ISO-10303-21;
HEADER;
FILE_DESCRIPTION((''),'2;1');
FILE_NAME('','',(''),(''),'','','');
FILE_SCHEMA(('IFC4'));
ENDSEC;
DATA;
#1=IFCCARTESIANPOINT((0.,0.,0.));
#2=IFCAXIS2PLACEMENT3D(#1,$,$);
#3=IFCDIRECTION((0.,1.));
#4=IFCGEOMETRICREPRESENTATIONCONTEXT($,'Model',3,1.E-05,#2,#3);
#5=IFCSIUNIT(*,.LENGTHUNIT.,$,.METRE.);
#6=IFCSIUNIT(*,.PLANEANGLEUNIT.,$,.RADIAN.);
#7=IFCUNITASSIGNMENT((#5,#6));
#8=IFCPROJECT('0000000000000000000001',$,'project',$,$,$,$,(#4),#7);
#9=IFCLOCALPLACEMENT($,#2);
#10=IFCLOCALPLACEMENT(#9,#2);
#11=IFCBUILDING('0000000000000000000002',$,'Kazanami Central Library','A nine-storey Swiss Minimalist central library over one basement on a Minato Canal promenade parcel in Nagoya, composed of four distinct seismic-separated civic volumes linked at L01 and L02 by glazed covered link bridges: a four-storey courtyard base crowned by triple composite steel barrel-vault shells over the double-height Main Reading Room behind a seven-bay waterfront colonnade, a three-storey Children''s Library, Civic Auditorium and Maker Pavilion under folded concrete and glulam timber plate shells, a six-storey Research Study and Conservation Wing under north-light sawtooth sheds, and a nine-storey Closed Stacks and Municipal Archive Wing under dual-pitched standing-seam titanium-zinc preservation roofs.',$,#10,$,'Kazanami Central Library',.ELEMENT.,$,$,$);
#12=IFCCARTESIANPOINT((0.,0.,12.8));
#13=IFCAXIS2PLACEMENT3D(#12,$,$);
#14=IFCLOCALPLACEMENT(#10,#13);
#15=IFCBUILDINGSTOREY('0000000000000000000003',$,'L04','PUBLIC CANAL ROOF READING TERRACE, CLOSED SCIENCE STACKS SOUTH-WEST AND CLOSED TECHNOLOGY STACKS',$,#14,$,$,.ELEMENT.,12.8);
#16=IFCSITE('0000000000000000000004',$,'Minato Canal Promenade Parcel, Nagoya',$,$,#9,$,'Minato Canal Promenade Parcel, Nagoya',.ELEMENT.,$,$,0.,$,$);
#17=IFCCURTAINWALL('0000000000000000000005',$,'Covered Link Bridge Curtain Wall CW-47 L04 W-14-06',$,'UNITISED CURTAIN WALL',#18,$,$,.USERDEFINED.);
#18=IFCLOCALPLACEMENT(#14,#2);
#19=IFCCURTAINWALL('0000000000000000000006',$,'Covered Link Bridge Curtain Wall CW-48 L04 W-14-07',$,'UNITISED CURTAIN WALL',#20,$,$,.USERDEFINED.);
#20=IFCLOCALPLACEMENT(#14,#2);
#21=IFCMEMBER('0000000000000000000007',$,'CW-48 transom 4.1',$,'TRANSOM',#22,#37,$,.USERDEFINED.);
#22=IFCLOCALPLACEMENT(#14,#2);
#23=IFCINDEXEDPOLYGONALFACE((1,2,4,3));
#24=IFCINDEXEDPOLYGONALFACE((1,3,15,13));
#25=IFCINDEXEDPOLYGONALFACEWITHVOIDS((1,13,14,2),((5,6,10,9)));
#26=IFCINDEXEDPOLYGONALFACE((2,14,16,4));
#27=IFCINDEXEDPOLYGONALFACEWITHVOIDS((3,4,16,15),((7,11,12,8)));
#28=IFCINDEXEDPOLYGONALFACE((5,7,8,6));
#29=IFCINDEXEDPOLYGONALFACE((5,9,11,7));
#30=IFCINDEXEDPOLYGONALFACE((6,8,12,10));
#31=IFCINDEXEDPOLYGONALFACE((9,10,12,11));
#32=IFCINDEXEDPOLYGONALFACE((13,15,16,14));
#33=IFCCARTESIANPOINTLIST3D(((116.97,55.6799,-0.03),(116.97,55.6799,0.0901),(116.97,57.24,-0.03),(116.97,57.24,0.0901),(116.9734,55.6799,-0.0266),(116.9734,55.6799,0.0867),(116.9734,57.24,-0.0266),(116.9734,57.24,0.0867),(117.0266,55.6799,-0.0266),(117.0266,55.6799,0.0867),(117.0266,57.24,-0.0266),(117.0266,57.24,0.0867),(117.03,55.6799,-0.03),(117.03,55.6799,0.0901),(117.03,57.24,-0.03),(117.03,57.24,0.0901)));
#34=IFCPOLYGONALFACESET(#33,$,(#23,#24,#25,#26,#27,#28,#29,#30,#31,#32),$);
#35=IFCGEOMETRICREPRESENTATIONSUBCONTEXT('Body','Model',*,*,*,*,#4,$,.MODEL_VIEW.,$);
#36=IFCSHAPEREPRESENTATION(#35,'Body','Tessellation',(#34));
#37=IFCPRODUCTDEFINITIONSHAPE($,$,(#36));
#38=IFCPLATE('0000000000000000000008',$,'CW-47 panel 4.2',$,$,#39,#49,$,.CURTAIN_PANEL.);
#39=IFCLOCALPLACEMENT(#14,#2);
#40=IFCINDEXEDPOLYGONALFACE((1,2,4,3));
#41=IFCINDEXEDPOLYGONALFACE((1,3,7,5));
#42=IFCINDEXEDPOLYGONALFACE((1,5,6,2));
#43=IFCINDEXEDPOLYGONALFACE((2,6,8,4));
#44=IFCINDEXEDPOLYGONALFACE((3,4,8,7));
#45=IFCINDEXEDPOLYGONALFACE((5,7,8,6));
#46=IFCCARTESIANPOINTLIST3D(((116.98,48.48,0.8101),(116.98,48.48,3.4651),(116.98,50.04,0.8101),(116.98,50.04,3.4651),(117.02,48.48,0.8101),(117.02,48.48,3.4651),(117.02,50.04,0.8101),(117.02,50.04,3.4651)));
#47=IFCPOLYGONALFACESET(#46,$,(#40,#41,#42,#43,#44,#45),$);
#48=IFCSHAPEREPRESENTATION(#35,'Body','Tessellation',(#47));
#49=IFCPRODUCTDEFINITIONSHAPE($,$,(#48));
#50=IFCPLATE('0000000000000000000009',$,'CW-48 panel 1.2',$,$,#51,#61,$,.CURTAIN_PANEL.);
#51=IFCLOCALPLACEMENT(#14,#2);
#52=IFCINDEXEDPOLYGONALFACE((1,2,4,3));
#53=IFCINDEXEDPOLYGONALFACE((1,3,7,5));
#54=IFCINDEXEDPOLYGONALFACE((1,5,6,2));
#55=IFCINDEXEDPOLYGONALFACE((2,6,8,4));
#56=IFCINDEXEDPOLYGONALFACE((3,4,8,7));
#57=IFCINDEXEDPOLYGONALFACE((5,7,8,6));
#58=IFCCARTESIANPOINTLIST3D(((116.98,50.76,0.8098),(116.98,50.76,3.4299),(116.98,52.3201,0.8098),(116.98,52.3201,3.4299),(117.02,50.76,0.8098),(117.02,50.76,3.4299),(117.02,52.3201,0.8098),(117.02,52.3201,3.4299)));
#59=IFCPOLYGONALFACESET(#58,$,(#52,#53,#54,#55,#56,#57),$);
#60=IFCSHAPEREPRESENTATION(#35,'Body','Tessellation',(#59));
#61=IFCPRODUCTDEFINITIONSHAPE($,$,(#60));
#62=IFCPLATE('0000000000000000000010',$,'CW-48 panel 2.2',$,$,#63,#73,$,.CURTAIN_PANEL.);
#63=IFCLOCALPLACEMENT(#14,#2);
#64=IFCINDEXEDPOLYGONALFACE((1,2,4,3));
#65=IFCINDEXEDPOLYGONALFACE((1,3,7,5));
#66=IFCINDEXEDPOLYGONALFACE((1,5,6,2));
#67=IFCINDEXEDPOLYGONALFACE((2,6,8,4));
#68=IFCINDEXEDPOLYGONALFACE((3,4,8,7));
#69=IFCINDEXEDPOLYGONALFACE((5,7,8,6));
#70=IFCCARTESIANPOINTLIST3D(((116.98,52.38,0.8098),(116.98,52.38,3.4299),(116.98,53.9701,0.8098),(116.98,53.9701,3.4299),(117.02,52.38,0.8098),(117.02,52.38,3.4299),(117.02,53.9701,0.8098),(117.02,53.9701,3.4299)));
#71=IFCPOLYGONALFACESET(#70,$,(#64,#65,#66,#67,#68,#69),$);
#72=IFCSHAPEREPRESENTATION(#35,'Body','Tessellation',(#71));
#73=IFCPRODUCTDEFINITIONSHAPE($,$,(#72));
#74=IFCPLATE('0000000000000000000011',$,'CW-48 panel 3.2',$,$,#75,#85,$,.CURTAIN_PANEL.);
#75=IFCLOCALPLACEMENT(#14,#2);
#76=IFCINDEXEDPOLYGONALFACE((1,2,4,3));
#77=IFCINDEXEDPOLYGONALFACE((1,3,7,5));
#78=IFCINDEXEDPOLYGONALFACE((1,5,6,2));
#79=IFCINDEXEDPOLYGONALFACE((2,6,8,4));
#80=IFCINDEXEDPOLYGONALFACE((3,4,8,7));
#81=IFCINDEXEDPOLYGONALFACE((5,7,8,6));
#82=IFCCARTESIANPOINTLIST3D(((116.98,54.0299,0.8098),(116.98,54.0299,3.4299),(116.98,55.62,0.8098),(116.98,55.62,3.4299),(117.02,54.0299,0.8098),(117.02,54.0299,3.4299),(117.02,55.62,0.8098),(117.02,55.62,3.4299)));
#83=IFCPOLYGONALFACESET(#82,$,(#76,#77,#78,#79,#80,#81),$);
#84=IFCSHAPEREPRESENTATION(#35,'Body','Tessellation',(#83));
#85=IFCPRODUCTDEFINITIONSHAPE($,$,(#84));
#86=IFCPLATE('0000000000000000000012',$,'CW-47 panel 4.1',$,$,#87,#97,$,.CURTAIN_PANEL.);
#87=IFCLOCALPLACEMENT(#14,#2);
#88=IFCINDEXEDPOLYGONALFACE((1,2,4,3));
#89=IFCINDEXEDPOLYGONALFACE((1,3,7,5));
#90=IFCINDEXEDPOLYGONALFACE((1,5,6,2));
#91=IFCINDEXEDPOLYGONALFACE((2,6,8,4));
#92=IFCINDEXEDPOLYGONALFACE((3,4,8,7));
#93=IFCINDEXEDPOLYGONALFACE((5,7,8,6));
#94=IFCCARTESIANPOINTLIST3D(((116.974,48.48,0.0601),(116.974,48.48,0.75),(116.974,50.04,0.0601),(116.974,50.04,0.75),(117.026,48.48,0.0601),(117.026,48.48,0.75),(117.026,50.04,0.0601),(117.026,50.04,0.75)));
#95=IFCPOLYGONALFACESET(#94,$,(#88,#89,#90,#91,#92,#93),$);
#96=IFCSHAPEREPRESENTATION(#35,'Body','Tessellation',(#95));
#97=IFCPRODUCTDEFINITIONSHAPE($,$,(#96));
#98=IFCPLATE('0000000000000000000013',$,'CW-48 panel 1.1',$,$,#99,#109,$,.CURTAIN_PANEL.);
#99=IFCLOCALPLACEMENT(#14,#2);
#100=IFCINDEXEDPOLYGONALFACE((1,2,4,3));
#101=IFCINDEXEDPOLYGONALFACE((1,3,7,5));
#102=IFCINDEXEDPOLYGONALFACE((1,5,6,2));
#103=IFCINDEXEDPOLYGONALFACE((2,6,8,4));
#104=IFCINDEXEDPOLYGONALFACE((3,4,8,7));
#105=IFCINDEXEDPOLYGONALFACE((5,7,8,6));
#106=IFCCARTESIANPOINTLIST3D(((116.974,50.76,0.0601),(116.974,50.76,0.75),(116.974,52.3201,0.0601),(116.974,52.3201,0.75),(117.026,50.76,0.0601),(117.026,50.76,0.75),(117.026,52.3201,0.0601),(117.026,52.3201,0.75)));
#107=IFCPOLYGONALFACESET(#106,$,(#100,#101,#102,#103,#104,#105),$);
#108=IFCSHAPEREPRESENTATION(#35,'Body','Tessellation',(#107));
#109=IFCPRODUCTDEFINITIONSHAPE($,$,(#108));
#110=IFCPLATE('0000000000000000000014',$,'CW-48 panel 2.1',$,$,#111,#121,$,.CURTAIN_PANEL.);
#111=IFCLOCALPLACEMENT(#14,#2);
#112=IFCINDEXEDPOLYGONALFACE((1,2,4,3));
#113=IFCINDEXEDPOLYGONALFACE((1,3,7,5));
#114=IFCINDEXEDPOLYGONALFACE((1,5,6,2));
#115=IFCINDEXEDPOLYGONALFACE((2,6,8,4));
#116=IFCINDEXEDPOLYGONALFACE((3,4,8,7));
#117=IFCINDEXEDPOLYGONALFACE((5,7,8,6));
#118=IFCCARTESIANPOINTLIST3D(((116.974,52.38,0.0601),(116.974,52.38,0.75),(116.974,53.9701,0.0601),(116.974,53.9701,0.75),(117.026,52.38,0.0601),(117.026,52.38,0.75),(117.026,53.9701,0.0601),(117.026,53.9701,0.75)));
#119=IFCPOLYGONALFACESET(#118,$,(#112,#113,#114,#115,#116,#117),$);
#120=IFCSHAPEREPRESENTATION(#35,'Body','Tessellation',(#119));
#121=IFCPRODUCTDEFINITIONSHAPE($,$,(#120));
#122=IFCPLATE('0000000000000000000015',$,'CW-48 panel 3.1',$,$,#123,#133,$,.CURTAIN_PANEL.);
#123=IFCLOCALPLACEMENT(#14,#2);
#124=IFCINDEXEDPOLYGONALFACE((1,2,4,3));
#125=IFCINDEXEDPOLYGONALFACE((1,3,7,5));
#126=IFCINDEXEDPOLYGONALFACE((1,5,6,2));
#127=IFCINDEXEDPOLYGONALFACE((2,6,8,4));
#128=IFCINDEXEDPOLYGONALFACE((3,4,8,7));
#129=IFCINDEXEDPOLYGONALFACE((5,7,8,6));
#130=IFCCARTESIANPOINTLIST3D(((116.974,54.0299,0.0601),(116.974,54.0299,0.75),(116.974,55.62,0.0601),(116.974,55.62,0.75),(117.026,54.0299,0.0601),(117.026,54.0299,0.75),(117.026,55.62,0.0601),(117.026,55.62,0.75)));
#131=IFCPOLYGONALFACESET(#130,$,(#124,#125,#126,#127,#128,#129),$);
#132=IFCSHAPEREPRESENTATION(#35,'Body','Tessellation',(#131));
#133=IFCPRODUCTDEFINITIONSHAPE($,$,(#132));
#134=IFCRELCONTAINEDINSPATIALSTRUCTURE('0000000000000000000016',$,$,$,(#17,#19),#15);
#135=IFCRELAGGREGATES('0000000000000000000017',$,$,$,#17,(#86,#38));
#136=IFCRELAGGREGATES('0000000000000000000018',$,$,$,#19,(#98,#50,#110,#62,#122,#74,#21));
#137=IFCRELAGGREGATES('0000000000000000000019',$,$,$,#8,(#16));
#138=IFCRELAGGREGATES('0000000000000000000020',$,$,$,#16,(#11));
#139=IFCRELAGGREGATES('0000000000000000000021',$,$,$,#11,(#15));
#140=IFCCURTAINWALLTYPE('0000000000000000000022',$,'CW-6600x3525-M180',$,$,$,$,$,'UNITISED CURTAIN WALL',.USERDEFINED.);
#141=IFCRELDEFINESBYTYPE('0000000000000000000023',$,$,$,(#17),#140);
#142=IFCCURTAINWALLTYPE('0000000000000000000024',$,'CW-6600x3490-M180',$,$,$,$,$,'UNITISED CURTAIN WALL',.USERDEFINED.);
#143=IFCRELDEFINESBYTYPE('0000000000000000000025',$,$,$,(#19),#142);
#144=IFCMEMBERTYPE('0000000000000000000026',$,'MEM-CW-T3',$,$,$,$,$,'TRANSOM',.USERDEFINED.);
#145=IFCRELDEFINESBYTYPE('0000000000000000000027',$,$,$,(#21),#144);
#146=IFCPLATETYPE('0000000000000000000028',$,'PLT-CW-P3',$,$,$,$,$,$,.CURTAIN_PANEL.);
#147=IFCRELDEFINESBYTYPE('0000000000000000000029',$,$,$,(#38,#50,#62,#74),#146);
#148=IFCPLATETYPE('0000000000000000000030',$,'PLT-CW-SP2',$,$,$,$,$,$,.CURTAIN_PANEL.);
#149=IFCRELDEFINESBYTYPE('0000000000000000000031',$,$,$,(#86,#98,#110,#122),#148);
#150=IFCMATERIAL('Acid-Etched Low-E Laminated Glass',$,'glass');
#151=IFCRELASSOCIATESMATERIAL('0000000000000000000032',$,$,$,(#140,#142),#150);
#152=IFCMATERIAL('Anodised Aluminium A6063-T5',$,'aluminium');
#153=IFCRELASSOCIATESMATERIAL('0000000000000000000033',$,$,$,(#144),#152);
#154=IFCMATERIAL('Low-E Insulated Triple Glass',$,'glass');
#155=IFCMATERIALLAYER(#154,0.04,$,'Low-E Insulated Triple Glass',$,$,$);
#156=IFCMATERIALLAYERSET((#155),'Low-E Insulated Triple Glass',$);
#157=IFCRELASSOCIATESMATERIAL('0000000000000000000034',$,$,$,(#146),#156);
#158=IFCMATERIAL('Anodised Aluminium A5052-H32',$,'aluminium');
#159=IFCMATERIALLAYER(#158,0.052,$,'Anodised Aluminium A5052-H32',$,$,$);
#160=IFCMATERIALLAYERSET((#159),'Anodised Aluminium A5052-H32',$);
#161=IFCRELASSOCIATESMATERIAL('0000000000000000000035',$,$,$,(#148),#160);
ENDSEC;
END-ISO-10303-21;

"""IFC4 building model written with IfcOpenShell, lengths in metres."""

from ifc_helpers import new_model, si_unit, direction, frame, origin, origin_2d, place, context, subcontext, project, spatial, rectangle, hollow_rectangle, extrude, material, layer, layer_set, material_profile, profile_set, type_object, element, aggregate, save


model = new_model("IFC4")

# Units and contexts
model_context = context("Model", 3, precision=1e-05, world=origin(), true_north=direction((0.0, 1.0)))
body_context = subcontext(model_context, "Body", "Model", "MODEL_VIEW")
ifc_project = project(units=[si_unit("LENGTHUNIT", "METRE"), si_unit("PLANEANGLEUNIT", "RADIAN")], contexts=[model_context])

# Site, building, storey
site_placement = place(None, origin())
site = spatial("IfcSite", under=ifc_project, at=site_placement, Name="Minato Canal Promenade Parcel, Nagoya", LongName="Minato Canal Promenade Parcel, Nagoya", CompositionType="ELEMENT", RefElevation=0.0)
building_placement = place(site_placement, origin())
building = spatial("IfcBuilding", under=site, at=building_placement, Name="Kazanami Central Library", Description="A nine-storey Swiss Minimalist central library over one basement on a Minato Canal promenade parcel in Nagoya, composed of four distinct seismic-separated civic volumes linked at L01 and L02 by glazed covered link bridges: a four-storey courtyard base crowned by triple composite steel barrel-vault shells over the double-height Main Reading Room behind a seven-bay waterfront colonnade, a three-storey Children's Library, Civic Auditorium and Maker Pavilion under folded concrete and glulam timber plate shells, a six-storey Research Study and Conservation Wing under north-light sawtooth sheds, and a nine-storey Closed Stacks and Municipal Archive Wing under dual-pitched standing-seam titanium-zinc preservation roofs.", LongName="Kazanami Central Library", CompositionType="ELEMENT")
storey_placement = place(building_placement, frame((0.0, 0.0, 12.8)))
storey = spatial("IfcBuildingStorey", under=building, at=storey_placement, Name="L04", Description="PUBLIC CANAL ROOF READING TERRACE, CLOSED SCIENCE STACKS SOUTH-WEST AND CLOSED TECHNOLOGY STACKS", CompositionType="ELEMENT", Elevation=12.8)

# Curtain wall
ifc_material_1 = material(Name="Acid-Etched Low-E Laminated Glass", Category="glass")
curtain_wall_type_1 = type_object("IfcCurtainWallType", Name="CW-6600x3525-M180", ElementType="UNITISED CURTAIN WALL", PredefinedType="USERDEFINED", material=ifc_material_1)
curtain_wall_1_placement = place(storey_placement, origin())
curtain_wall_1 = element("IfcCurtainWall", 1, at=curtain_wall_1_placement, inside=storey, type_object=curtain_wall_type_1, Name="Covered Link Bridge Curtain Wall CW-47 L04 W-14-06", ObjectType="UNITISED CURTAIN WALL", PredefinedType="USERDEFINED")
ifc_material_2 = material(Name="Anodised Aluminium A6063-T5", Category="aluminium")

# Curtain wall
curtain_wall_type_2 = type_object("IfcCurtainWallType", Name="CW-6600x3490-M180", ElementType="UNITISED CURTAIN WALL", PredefinedType="USERDEFINED", material=ifc_material_1)
curtain_wall_2_placement = place(storey_placement, origin())
curtain_wall_2 = element("IfcCurtainWall", 2, at=curtain_wall_2_placement, inside=storey, type_object=curtain_wall_type_2, Name="Covered Link Bridge Curtain Wall CW-48 L04 W-14-07", ObjectType="UNITISED CURTAIN WALL", PredefinedType="USERDEFINED")

# Member
ifc_material_profile_1 = material_profile(ifc_material_2, hollow_rectangle(XDim=0.0601, YDim=0.1201, WallThickness=0.0034, at=origin_2d()), Name="ALU-TRAN-60x120x3.5")
ifc_profile_set_1 = profile_set([ifc_material_profile_1], Name="Anodised Aluminium A6063-T5")
member_type_1 = type_object("IfcMemberType", Name="MEM-CW-T3", ElementType="TRANSOM", PredefinedType="USERDEFINED", material=ifc_profile_set_1)
member_1_placement = place(storey_placement, frame((117.0, 55.6799, 0.03), z_axis=(0.0, 1.0, 0.0), x_axis=(-1.0, 0.0, 0.0)))
member_1 = element("IfcMember", 3, at=member_1_placement, type_object=member_type_1, Name="CW-48 transom 4.1", ObjectType="TRANSOM", PredefinedType="USERDEFINED", context=body_context, shape_type="SweptSolid", body=[
    extrude(hollow_rectangle(XDim=0.0601, YDim=0.1201, WallThickness=0.0034, at=origin_2d()), origin(), (0.0, 0.0, 1.0), 1.5601),
])

# Plates
ifc_material_3 = material(Name="Low-E Insulated Triple Glass", Category="glass")
ifc_layer_1 = layer(ifc_material_3, 0.04, Name="Low-E Insulated Triple Glass")
ifc_layer_set_1 = layer_set([ifc_layer_1], Name="Low-E Insulated Triple Glass")
plate_type_1 = type_object("IfcPlateType", Name="PLT-CW-P3", PredefinedType="CURTAIN_PANEL", material=ifc_layer_set_1)
plate_1_placement = place(storey_placement, frame((117.0, 49.26, 0.8101), z_axis=(0.0, 0.0, 1.0), x_axis=(0.0, 1.0, 0.0)))
plate_1 = element("IfcPlate", 4, at=plate_1_placement, type_object=plate_type_1, Name="CW-47 panel 4.2", PredefinedType="CURTAIN_PANEL", context=body_context, shape_type="SweptSolid", body=[
    extrude(rectangle(XDim=1.5601, YDim=0.04, at=origin_2d()), origin(), (0.0, 0.0, 1.0), 2.655),
])
plate_2_placement = place(storey_placement, frame((117.0, 51.54, 0.8098), z_axis=(0.0, 0.0, 1.0), x_axis=(0.0, 1.0, 0.0)))
plate_2 = element("IfcPlate", 5, at=plate_2_placement, type_object=plate_type_1, Name="CW-48 panel 1.2", PredefinedType="CURTAIN_PANEL", context=body_context, shape_type="SweptSolid", body=[
    extrude(rectangle(XDim=1.5601, YDim=0.04, at=origin_2d()), origin(), (0.0, 0.0, 1.0), 2.6201),
])
plate_3_placement = place(storey_placement, frame((117.0, 53.175, 0.8098), z_axis=(0.0, 0.0, 1.0), x_axis=(0.0, 1.0, 0.0)))
plate_3 = element("IfcPlate", 6, at=plate_3_placement, type_object=plate_type_1, Name="CW-48 panel 2.2", PredefinedType="CURTAIN_PANEL", context=body_context, shape_type="SweptSolid", body=[
    extrude(rectangle(XDim=1.5901, YDim=0.04, at=origin_2d()), origin(), (0.0, 0.0, 1.0), 2.6201),
])
plate_4_placement = place(storey_placement, frame((117.0, 54.825, 0.8098), z_axis=(0.0, 0.0, 1.0), x_axis=(0.0, 1.0, 0.0)))
plate_4 = element("IfcPlate", 7, at=plate_4_placement, type_object=plate_type_1, Name="CW-48 panel 3.2", PredefinedType="CURTAIN_PANEL", context=body_context, shape_type="SweptSolid", body=[
    extrude(rectangle(XDim=1.5901, YDim=0.04, at=origin_2d()), origin(), (0.0, 0.0, 1.0), 2.6201),
])
ifc_material_4 = material(Name="Anodised Aluminium A5052-H32", Category="aluminium")
ifc_layer_2 = layer(ifc_material_4, 0.052, Name="Anodised Aluminium A5052-H32")
ifc_layer_set_2 = layer_set([ifc_layer_2], Name="Anodised Aluminium A5052-H32")
plate_type_2 = type_object("IfcPlateType", Name="PLT-CW-SP2", PredefinedType="CURTAIN_PANEL", material=ifc_layer_set_2)
plate_5_placement = place(storey_placement, frame((117.0, 49.26, 0.0601), z_axis=(0.0, 0.0, 1.0), x_axis=(0.0, 1.0, 0.0)))
plate_5 = element("IfcPlate", 8, at=plate_5_placement, type_object=plate_type_2, Name="CW-47 panel 4.1", PredefinedType="CURTAIN_PANEL", context=body_context, shape_type="SweptSolid", body=[
    extrude(rectangle(XDim=1.5601, YDim=0.052, at=origin_2d()), origin(), (0.0, 0.0, 1.0), 0.6899),
])
aggregate(curtain_wall_1, [plate_5, plate_1])
plate_6_placement = place(storey_placement, frame((117.0, 51.54, 0.0601), z_axis=(0.0, 0.0, 1.0), x_axis=(0.0, 1.0, 0.0)))
plate_6 = element("IfcPlate", 9, at=plate_6_placement, type_object=plate_type_2, Name="CW-48 panel 1.1", PredefinedType="CURTAIN_PANEL", context=body_context, shape_type="SweptSolid", body=[
    extrude(rectangle(XDim=1.5601, YDim=0.052, at=origin_2d()), origin(), (0.0, 0.0, 1.0), 0.6899),
])
plate_7_placement = place(storey_placement, frame((117.0, 53.175, 0.0601), z_axis=(0.0, 0.0, 1.0), x_axis=(0.0, 1.0, 0.0)))
plate_7 = element("IfcPlate", 10, at=plate_7_placement, type_object=plate_type_2, Name="CW-48 panel 2.1", PredefinedType="CURTAIN_PANEL", context=body_context, shape_type="SweptSolid", body=[
    extrude(rectangle(XDim=1.5901, YDim=0.052, at=origin_2d()), origin(), (0.0, 0.0, 1.0), 0.6899),
])
plate_8_placement = place(storey_placement, frame((117.0, 54.825, 0.0601), z_axis=(0.0, 0.0, 1.0), x_axis=(0.0, 1.0, 0.0)))
plate_8 = element("IfcPlate", 11, at=plate_8_placement, type_object=plate_type_2, Name="CW-48 panel 3.1", PredefinedType="CURTAIN_PANEL", context=body_context, shape_type="SweptSolid", body=[
    extrude(rectangle(XDim=1.5901, YDim=0.052, at=origin_2d()), origin(), (0.0, 0.0, 1.0), 0.6899),
])
aggregate(curtain_wall_2, [plate_6, plate_2, plate_7, plate_3, plate_8, plate_4, member_1])

save(model, "model.ifc")
